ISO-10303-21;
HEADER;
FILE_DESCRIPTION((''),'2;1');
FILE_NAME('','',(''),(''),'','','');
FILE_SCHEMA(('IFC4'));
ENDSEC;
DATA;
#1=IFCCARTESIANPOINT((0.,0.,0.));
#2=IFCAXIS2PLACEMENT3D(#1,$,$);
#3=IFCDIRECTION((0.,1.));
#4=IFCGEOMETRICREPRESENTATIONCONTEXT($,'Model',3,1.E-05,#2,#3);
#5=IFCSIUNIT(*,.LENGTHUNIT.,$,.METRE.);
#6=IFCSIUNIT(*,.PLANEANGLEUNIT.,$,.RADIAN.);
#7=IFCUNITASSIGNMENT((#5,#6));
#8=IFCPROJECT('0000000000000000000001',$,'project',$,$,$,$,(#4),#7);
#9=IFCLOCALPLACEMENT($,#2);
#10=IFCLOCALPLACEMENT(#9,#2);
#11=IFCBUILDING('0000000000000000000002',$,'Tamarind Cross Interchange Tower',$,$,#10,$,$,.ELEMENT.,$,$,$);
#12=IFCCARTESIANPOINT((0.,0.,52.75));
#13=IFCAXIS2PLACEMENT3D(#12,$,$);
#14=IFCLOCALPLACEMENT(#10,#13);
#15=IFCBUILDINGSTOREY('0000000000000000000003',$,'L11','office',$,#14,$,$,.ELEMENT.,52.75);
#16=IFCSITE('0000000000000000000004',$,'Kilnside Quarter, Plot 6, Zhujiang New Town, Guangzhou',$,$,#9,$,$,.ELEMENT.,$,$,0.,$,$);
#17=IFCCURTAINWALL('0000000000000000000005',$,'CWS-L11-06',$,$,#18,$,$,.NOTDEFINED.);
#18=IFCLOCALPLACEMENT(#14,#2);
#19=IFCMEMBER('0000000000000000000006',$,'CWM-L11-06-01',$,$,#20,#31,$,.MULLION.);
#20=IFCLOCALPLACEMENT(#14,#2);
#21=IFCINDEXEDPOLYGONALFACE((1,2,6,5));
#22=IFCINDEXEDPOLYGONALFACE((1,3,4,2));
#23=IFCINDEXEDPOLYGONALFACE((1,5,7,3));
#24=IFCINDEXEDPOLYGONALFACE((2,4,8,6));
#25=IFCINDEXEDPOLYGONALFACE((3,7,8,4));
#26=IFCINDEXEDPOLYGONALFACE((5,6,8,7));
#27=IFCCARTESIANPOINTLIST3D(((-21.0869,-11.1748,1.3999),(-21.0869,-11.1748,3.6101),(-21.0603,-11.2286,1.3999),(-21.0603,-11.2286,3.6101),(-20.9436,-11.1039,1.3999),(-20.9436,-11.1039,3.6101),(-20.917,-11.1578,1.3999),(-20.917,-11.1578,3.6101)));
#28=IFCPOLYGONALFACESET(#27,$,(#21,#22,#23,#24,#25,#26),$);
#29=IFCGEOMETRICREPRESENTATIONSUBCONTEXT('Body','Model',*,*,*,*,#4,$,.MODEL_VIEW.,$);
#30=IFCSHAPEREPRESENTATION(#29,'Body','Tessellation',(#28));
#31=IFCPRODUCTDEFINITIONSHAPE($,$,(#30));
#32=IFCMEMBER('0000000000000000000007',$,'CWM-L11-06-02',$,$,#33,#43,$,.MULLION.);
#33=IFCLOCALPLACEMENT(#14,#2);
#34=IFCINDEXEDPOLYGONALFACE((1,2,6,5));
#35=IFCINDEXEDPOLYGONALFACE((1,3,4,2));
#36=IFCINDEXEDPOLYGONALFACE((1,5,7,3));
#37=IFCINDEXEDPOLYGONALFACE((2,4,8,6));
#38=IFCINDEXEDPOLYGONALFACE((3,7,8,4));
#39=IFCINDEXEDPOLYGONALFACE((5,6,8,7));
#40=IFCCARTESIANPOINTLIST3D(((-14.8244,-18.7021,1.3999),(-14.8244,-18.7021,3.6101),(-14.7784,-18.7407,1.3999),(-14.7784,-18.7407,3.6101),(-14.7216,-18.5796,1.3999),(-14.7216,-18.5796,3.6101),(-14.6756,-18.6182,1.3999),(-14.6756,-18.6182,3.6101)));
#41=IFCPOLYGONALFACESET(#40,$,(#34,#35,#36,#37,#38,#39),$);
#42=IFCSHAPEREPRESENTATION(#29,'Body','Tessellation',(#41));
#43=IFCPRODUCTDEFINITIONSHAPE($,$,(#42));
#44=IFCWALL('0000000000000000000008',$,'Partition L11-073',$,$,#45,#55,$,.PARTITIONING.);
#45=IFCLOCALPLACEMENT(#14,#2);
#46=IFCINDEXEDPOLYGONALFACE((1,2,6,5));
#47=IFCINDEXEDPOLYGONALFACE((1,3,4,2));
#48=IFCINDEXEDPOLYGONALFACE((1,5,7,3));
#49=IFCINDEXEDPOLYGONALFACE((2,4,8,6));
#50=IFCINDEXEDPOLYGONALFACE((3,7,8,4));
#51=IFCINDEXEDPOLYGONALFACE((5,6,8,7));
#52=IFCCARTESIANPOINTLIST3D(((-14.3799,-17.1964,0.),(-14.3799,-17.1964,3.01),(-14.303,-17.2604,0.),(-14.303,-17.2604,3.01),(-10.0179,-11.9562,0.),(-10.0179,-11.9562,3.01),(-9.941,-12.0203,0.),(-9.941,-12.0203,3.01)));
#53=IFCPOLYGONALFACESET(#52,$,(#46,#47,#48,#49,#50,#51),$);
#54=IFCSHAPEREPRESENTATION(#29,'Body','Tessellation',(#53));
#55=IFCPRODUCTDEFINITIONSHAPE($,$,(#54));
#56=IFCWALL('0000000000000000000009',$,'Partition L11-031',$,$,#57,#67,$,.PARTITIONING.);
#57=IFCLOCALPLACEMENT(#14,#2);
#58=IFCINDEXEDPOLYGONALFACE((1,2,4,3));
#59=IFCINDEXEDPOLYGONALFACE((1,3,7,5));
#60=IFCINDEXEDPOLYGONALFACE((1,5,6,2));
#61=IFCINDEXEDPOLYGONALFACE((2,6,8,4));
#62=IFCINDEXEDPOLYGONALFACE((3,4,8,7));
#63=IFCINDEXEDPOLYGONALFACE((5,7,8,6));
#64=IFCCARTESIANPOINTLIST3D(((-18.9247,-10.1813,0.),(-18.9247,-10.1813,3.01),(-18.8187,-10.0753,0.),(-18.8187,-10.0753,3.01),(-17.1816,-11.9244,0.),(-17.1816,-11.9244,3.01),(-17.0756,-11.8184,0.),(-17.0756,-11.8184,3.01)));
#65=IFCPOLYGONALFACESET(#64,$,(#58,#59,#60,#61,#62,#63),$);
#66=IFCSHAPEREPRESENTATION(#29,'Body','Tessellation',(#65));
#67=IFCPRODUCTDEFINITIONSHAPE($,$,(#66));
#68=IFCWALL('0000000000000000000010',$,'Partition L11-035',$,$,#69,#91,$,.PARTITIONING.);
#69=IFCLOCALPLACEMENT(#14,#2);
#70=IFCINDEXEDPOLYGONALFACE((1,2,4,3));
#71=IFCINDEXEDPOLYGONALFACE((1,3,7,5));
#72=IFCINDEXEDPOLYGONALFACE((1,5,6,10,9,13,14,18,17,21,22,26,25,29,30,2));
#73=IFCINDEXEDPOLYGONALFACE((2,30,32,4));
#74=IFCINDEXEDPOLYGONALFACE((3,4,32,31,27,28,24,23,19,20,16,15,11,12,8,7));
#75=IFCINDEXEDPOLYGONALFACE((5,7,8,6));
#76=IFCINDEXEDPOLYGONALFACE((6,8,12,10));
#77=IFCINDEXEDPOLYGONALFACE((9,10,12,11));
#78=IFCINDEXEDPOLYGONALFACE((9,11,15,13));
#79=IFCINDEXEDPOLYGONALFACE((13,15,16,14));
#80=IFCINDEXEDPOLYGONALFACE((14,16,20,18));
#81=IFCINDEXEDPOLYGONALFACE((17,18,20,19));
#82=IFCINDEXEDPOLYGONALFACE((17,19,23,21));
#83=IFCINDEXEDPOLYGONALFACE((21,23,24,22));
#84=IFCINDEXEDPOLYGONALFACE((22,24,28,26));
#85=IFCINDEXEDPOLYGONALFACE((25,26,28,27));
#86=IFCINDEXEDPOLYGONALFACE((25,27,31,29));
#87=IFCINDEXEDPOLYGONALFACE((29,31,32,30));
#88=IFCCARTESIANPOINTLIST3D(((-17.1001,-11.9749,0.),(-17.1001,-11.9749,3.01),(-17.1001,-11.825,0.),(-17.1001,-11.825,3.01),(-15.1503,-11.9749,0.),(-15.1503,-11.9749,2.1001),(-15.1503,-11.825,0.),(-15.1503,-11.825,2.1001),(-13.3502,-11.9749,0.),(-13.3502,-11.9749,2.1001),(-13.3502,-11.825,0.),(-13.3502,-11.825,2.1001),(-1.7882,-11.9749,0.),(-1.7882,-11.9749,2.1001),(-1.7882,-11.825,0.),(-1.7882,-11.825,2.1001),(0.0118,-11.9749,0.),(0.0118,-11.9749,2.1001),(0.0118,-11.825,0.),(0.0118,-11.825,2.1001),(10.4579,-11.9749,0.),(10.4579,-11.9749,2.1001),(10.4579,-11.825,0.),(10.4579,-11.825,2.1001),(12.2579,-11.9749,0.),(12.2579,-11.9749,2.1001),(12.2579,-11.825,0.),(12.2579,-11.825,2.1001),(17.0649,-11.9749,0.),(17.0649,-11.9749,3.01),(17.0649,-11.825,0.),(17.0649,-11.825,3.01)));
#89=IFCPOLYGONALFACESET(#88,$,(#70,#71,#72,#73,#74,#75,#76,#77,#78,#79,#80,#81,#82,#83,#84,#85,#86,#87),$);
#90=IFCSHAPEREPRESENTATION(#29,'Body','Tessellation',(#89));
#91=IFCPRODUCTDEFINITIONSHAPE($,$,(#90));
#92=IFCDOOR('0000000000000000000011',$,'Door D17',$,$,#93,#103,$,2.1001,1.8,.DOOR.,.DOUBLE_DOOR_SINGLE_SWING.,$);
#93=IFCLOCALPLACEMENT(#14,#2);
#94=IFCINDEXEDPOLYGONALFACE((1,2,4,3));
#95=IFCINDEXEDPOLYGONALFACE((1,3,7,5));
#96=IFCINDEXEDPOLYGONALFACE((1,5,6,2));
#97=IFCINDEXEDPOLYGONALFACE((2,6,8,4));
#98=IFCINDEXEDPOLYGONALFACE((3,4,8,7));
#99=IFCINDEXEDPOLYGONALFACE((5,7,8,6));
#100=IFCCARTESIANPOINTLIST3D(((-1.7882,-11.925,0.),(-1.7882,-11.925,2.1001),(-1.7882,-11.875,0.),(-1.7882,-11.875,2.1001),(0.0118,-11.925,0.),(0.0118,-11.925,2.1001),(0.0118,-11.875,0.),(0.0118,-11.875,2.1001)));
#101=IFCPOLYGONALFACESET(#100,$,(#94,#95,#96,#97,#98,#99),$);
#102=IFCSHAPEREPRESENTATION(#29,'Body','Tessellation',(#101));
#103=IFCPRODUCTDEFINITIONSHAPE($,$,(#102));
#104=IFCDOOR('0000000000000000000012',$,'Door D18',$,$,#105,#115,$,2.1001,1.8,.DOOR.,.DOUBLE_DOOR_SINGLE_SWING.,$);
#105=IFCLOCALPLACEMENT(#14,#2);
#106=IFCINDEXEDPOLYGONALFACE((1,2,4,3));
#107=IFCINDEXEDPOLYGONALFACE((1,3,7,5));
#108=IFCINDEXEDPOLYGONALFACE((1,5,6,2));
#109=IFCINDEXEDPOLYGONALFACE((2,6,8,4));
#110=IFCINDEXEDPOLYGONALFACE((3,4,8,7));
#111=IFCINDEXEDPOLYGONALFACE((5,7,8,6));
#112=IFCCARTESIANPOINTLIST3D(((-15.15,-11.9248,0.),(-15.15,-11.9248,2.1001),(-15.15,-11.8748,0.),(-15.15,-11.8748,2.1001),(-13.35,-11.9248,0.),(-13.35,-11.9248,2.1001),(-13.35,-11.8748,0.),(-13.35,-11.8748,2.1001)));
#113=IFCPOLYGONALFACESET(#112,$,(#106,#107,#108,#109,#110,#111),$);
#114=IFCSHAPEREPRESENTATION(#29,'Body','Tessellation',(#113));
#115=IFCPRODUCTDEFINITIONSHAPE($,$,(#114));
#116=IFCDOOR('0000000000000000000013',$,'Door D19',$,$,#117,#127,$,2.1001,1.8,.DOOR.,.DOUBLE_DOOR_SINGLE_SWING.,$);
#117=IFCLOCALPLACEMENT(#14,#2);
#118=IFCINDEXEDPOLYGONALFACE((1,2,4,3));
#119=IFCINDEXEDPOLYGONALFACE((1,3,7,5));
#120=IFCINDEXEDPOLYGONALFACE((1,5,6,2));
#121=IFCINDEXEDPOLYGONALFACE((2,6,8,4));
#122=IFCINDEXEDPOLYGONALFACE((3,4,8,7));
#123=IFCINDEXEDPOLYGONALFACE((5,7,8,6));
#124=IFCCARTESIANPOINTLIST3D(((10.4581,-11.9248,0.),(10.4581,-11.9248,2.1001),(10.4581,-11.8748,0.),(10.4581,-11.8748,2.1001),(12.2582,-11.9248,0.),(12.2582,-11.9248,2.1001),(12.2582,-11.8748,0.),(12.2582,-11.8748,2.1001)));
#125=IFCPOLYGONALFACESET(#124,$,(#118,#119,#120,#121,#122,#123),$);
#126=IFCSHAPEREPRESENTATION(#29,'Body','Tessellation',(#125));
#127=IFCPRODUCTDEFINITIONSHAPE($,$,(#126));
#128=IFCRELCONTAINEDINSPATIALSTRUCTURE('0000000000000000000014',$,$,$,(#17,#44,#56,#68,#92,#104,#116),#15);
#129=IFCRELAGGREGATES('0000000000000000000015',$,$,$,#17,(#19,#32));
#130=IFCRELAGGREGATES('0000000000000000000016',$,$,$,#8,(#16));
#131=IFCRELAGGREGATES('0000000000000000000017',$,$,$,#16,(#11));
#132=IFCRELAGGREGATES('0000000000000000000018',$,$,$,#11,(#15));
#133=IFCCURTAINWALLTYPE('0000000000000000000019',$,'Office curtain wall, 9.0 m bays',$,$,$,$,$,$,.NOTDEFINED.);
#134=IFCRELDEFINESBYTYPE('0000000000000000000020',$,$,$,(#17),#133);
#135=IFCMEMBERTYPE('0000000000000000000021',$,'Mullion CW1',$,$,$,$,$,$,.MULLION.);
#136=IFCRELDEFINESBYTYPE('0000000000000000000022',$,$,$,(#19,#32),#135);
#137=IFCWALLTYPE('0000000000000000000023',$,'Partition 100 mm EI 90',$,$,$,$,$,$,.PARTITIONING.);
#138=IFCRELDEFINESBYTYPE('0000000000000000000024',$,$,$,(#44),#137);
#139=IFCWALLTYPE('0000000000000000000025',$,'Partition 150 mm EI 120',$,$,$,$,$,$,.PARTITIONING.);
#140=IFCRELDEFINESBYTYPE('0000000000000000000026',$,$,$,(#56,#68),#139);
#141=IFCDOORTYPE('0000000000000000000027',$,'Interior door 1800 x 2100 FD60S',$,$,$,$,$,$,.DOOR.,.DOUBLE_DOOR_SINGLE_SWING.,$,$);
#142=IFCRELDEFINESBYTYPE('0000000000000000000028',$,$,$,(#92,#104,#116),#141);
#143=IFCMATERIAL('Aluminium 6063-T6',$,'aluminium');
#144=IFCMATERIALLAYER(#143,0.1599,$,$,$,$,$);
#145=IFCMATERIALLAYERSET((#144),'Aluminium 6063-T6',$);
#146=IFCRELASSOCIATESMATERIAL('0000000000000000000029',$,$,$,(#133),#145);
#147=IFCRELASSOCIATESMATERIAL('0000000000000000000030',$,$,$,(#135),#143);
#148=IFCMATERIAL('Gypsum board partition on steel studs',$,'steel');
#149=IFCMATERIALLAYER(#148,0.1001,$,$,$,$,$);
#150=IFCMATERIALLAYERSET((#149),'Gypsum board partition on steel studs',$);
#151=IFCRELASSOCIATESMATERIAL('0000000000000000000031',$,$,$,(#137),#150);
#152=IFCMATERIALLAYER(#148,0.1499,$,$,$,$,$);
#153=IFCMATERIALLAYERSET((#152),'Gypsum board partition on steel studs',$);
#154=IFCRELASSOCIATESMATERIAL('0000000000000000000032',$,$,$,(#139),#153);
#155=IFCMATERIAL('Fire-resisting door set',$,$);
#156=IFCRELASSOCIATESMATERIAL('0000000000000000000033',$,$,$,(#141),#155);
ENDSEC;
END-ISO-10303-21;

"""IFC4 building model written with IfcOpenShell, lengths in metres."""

from ifc_helpers import new_model, si_unit, direction, frame, frame_2d, origin, origin_2d, place, context, subcontext, project, spatial, rectangle, extrude, material, layer, layer_set, material_profile, profile_set, type_object, element, fill, aggregate, save


model = new_model("IFC4")

# Units and contexts
model_context = context("Model", 3, precision=1e-05, world=origin(), true_north=direction((0.0, 1.0)))
body_context = subcontext(model_context, "Body", "Model", "MODEL_VIEW")
ifc_project = project(units=[si_unit("LENGTHUNIT", "METRE"), si_unit("PLANEANGLEUNIT", "RADIAN")], contexts=[model_context])

# Site, building, storey
site_placement = place(None, origin())
site = spatial("IfcSite", under=ifc_project, at=site_placement, Name="Kilnside Quarter, Plot 6, Zhujiang New Town, Guangzhou", CompositionType="ELEMENT", RefElevation=0.0)
building_placement = place(site_placement, origin())
building = spatial("IfcBuilding", under=site, at=building_placement, Name="Tamarind Cross Interchange Tower", CompositionType="ELEMENT")
storey_placement = place(building_placement, frame((0.0, 0.0, 52.75)))
storey = spatial("IfcBuildingStorey", under=building, at=storey_placement, Name="L11", Description="office", CompositionType="ELEMENT", Elevation=52.75)

# Curtain wall, members
ifc_material_1 = material(Name="Aluminium 6063-T6", Category="aluminium")
ifc_layer_1 = layer(ifc_material_1, 0.1599)
ifc_layer_set_1 = layer_set([ifc_layer_1], Name="Aluminium 6063-T6")
curtain_wall_type = type_object("IfcCurtainWallType", Name="Office curtain wall, 9.0 m bays", PredefinedType="NOTDEFINED", material=ifc_layer_set_1)
curtain_wall_placement = place(storey_placement, origin())
curtain_wall = element("IfcCurtainWall", 1, at=curtain_wall_placement, inside=storey, type_object=curtain_wall_type, Name="CWS-L11-06", PredefinedType="NOTDEFINED")
ifc_material_profile_1 = material_profile(ifc_material_1, rectangle(XDim=0.0601, YDim=0.1599, at=origin_2d()), Name="Mullion CW1")
ifc_profile_set_1 = profile_set([ifc_material_profile_1], Name="Aluminium 6063-T6")
member_type = type_object("IfcMemberType", Name="Mullion CW1", PredefinedType="MULLION", material=ifc_profile_set_1)
member_1_placement = place(storey_placement, frame((-21.002, -11.1663, 1.3999), z_axis=(0.0, 0.0, 1.0), x_axis=(0.443059, -0.896493, 0.0)))
member_1 = element("IfcMember", 2, at=member_1_placement, type_object=member_type, Name="CWM-L11-06-01", PredefinedType="MULLION", context=body_context, shape_type="SweptSolid", body=[
    extrude(rectangle(XDim=0.0601, YDim=0.1599, at=origin_2d()), origin(), (0.0, 0.0, 1.0), 2.2102),
])
member_2_placement = place(storey_placement, frame((-14.75, -18.6602, 1.3999), z_axis=(0.0, 0.0, 1.0), x_axis=(0.765858, -0.643009, 0.0)))
member_2 = element("IfcMember", 3, at=member_2_placement, type_object=member_type, Name="CWM-L11-06-02", PredefinedType="MULLION", context=body_context, shape_type="SweptSolid", body=[
    extrude(rectangle(XDim=0.0601, YDim=0.1599, at=origin_2d()), origin(), (0.0, 0.0, 1.0), 2.2102),
])
aggregate(curtain_wall, [member_1, member_2])

# Walls
ifc_material_2 = material(Name="Gypsum board partition on steel studs", Category="steel")
ifc_layer_2 = layer(ifc_material_2, 0.1001)
ifc_layer_set_2 = layer_set([ifc_layer_2], Name="Gypsum board partition on steel studs")
wall_type_1 = type_object("IfcWallType", Name="Partition 100 mm EI 90", PredefinedType="PARTITIONING", material=ifc_layer_set_2)
wall_1_placement = place(storey_placement, frame((-14.3416, -17.2285, 0.0), z_axis=(0.0, 0.0, 1.0), x_axis=(0.639769, 0.768567, 0.0)))
element("IfcWall", 4, at=wall_1_placement, inside=storey, type_object=wall_type_1, Name="Partition L11-073", PredefinedType="PARTITIONING", context=body_context, shape_type="SweptSolid", body=[
    extrude(rectangle(XDim=6.8181, YDim=0.1001, at=frame_2d((3.4092, 0.0))), origin(), (0.0, 0.0, 1.0), 3.01),
])
ifc_layer_3 = layer(ifc_material_2, 0.1499)
ifc_layer_set_3 = layer_set([ifc_layer_3], Name="Gypsum board partition on steel studs")
wall_type_2 = type_object("IfcWallType", Name="Partition 150 mm EI 120", PredefinedType="PARTITIONING", material=ifc_layer_set_3)
wall_2_placement = place(storey_placement, frame((-18.8716, -10.1284, 0.0), z_axis=(0.0, 0.0, 1.0), x_axis=(0.707107, -0.707107, 0.0)))
element("IfcWall", 5, at=wall_2_placement, inside=storey, type_object=wall_type_2, Name="Partition L11-031", PredefinedType="PARTITIONING", context=body_context, shape_type="SweptSolid", body=[
    extrude(rectangle(XDim=2.4651, YDim=0.1499, at=frame_2d((1.2324, 0.0))), origin(), (0.0, 0.0, 1.0), 3.01),
])

# Wall, openings, doors
wall_3_placement = place(storey_placement, frame((-17.1001, -11.8999, 0.0), z_axis=(0.0, 0.0, 1.0), x_axis=(1.0, 0.0, 0.0)))
wall_3 = element("IfcWall", 6, at=wall_3_placement, inside=storey, type_object=wall_type_2, Name="Partition L11-035", PredefinedType="PARTITIONING", context=body_context, shape_type="SweptSolid", body=[
    extrude(rectangle(XDim=34.165, YDim=0.1499, at=frame_2d((17.0825, 0.0))), origin(), (0.0, 0.0, 1.0), 3.01),
])
opening_1_placement = place(wall_3_placement, frame((15.312, 0.0, 0.0)))
opening_1 = element("IfcOpeningElement", 7, at=opening_1_placement, cuts=wall_3, PredefinedType="OPENING", context=body_context, shape_type="SweptSolid", body=[
    extrude(rectangle(XDim=1.8, YDim=2.1001, at=frame_2d((0.8999, 1.05))), frame((0.0, 0.085, 0.0), z_axis=(0.0, -1.0, 0.0), x_axis=(1.0, 0.0, 0.0)), (0.0, 0.0, 1.0), 0.1699),
])
opening_2_placement = place(wall_3_placement, frame((1.95, 0.0, 0.0)))
opening_2 = element("IfcOpeningElement", 8, at=opening_2_placement, cuts=wall_3, PredefinedType="OPENING", context=body_context, shape_type="SweptSolid", body=[
    extrude(rectangle(XDim=1.8, YDim=2.1001, at=frame_2d((0.8999, 1.05))), frame((0.0, 0.085, 0.0), z_axis=(0.0, -1.0, 0.0), x_axis=(1.0, 0.0, 0.0)), (0.0, 0.0, 1.0), 0.1699),
])
opening_3_placement = place(wall_3_placement, frame((27.5581, 0.0, 0.0)))
opening_3 = element("IfcOpeningElement", 9, at=opening_3_placement, cuts=wall_3, PredefinedType="OPENING", context=body_context, shape_type="SweptSolid", body=[
    extrude(rectangle(XDim=1.8, YDim=2.1001, at=frame_2d((0.8999, 1.05))), frame((0.0, 0.085, 0.0), z_axis=(0.0, -1.0, 0.0), x_axis=(1.0, 0.0, 0.0)), (0.0, 0.0, 1.0), 0.1699),
])
ifc_material_3 = material(Name="Fire-resisting door set")
door_type_1 = type_object("IfcDoorType", Name="Interior door 1800 x 2100 FD60S", OperationType="DOUBLE_DOOR_SINGLE_SWING", PredefinedType="DOOR", material=ifc_material_3)
door_1_placement = place(opening_1_placement, origin())
door_1 = element("IfcDoor", 10, at=door_1_placement, inside=storey, type_object=door_type_1, Name="Door D17", OperationType="DOUBLE_DOOR_SINGLE_SWING", OverallHeight=2.1001, OverallWidth=1.8, PredefinedType="DOOR", context=body_context, shape_type="SweptSolid", body=[
    extrude(rectangle(XDim=1.8, YDim=2.1001, at=frame_2d((0.8999, 1.05))), frame((0.0, 0.0249, 0.0), z_axis=(0.0, -1.0, 0.0), x_axis=(1.0, 0.0, 0.0)), (0.0, 0.0, 1.0), 0.05),
])
fill(opening_1, door_1)
door_2_placement = place(opening_2_placement, frame((1.8, 0.0, 0.0), z_axis=(0.0, 0.0, 1.0), x_axis=(-1.0, 0.0, 0.0)))
door_2 = element("IfcDoor", 11, at=door_2_placement, inside=storey, type_object=door_type_1, Name="Door D18", OperationType="DOUBLE_DOOR_SINGLE_SWING", OverallHeight=2.1001, OverallWidth=1.8, PredefinedType="DOOR", context=body_context, shape_type="SweptSolid", body=[
    extrude(rectangle(XDim=1.8, YDim=2.1001, at=frame_2d((0.8999, 1.05))), frame((0.0, 0.0249, 0.0), z_axis=(0.0, -1.0, 0.0), x_axis=(1.0, 0.0, 0.0)), (0.0, 0.0, 1.0), 0.05),
])
fill(opening_2, door_2)
door_3_placement = place(opening_3_placement, frame((1.8, 0.0, 0.0), z_axis=(0.0, 0.0, 1.0), x_axis=(-1.0, 0.0, 0.0)))
door_3 = element("IfcDoor", 12, at=door_3_placement, inside=storey, type_object=door_type_1, Name="Door D19", OperationType="DOUBLE_DOOR_SINGLE_SWING", OverallHeight=2.1001, OverallWidth=1.8, PredefinedType="DOOR", context=body_context, shape_type="SweptSolid", body=[
    extrude(rectangle(XDim=1.8, YDim=2.1001, at=frame_2d((0.8999, 1.05))), frame((0.0, 0.0249, 0.0), z_axis=(0.0, -1.0, 0.0), x_axis=(1.0, 0.0, 0.0)), (0.0, 0.0, 1.0), 0.05),
])
fill(opening_3, door_3)

save(model, "model.ifc")
